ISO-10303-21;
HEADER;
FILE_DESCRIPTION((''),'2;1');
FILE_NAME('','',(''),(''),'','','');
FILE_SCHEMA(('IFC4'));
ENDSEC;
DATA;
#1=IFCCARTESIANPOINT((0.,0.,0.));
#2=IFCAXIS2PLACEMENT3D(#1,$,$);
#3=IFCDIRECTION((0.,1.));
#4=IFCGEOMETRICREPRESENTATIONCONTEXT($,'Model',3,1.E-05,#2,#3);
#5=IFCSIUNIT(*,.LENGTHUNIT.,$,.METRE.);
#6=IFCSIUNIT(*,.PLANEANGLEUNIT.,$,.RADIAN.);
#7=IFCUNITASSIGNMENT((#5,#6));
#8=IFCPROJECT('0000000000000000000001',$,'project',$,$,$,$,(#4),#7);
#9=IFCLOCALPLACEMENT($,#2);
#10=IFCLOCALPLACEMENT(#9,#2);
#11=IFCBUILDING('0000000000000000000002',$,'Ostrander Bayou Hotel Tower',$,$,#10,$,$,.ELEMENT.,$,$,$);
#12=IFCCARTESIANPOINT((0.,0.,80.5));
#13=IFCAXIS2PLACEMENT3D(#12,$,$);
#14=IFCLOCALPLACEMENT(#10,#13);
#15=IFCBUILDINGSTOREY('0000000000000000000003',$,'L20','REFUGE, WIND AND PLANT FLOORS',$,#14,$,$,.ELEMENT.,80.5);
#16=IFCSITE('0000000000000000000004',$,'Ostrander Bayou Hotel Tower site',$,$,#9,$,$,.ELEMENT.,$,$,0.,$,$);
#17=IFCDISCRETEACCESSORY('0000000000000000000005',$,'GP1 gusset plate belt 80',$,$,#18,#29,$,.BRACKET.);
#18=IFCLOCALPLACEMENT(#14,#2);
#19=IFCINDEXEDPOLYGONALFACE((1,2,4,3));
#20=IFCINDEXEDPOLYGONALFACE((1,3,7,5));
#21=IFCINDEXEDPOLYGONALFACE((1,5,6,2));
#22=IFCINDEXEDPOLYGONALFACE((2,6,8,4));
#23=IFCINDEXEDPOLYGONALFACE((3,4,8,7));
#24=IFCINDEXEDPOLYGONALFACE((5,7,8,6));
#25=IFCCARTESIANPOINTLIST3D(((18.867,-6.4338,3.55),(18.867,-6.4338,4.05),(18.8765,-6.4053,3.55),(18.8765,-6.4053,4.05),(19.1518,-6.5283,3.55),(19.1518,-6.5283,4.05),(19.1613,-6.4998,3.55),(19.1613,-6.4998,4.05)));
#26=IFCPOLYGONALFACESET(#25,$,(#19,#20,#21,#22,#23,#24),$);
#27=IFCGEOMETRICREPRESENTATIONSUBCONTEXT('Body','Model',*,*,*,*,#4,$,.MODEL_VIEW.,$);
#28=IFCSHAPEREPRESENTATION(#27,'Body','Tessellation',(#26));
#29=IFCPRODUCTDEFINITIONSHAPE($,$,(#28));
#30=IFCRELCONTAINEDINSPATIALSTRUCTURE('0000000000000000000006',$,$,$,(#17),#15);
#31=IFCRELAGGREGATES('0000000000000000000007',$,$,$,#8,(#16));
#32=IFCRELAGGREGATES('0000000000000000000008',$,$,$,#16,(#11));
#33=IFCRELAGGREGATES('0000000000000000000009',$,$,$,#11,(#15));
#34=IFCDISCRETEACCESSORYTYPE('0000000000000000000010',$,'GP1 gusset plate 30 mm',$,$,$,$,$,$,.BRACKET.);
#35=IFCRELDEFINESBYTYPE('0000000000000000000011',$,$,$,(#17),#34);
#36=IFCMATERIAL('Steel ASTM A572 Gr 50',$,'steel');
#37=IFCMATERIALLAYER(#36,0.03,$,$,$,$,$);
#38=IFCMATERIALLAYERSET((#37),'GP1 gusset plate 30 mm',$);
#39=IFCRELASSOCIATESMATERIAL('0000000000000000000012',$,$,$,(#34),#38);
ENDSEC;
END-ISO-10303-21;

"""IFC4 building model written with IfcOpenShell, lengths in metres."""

from ifc_helpers import new_model, si_unit, direction, frame, origin, origin_2d, place, context, subcontext, project, spatial, rectangle, extrude, material, layer, layer_set, type_object, element, save


model = new_model("IFC4")

# Units and contexts
model_context = context("Model", 3, precision=1e-05, world=origin(), true_north=direction((0.0, 1.0)))
body_context = subcontext(model_context, "Body", "Model", "MODEL_VIEW")
ifc_project = project(units=[si_unit("LENGTHUNIT", "METRE"), si_unit("PLANEANGLEUNIT", "RADIAN")], contexts=[model_context])

# Site, building, storey
site_placement = place(None, origin())
site = spatial("IfcSite", under=ifc_project, at=site_placement, Name="Ostrander Bayou Hotel Tower site", CompositionType="ELEMENT", RefElevation=0.0)
building_placement = place(site_placement, origin())
building = spatial("IfcBuilding", under=site, at=building_placement, Name="Ostrander Bayou Hotel Tower", CompositionType="ELEMENT")
storey_placement = place(building_placement, frame((0.0, 0.0, 80.5)))
storey = spatial("IfcBuildingStorey", under=building, at=storey_placement, Name="L20", Description="REFUGE, WIND AND PLANT FLOORS", CompositionType="ELEMENT", Elevation=80.5)

# Discrete accessory
ifc_material_1 = material(Name="Steel ASTM A572 Gr 50", Category="steel")
ifc_layer_1 = layer(ifc_material_1, 0.03)
ifc_layer_set_1 = layer_set([ifc_layer_1], Name="GP1 gusset plate 30 mm")
discrete_accessory_type = type_object("IfcDiscreteAccessoryType", Name="GP1 gusset plate 30 mm", PredefinedType="BRACKET", material=ifc_layer_set_1)
for number, where, z_axis, x_axis, name in (
    (1, (19.0142, -6.4668, 3.55), (0.0, 0.0, 1.0), (-0.949151, 0.314821, 0.0), "GP1 gusset plate belt 80"),
):
    element("IfcDiscreteAccessory", number, at=place(storey_placement, frame(where, z_axis=z_axis, x_axis=x_axis)), inside=storey, type_object=discrete_accessory_type, Name=name, PredefinedType="BRACKET", context=body_context, shape_type="SweptSolid", body=[
        extrude(rectangle(XDim=0.3, YDim=0.03, at=origin_2d()), origin(), (0.0, 0.0, 1.0), 0.5),
    ])

save(model, "model.ifc")
